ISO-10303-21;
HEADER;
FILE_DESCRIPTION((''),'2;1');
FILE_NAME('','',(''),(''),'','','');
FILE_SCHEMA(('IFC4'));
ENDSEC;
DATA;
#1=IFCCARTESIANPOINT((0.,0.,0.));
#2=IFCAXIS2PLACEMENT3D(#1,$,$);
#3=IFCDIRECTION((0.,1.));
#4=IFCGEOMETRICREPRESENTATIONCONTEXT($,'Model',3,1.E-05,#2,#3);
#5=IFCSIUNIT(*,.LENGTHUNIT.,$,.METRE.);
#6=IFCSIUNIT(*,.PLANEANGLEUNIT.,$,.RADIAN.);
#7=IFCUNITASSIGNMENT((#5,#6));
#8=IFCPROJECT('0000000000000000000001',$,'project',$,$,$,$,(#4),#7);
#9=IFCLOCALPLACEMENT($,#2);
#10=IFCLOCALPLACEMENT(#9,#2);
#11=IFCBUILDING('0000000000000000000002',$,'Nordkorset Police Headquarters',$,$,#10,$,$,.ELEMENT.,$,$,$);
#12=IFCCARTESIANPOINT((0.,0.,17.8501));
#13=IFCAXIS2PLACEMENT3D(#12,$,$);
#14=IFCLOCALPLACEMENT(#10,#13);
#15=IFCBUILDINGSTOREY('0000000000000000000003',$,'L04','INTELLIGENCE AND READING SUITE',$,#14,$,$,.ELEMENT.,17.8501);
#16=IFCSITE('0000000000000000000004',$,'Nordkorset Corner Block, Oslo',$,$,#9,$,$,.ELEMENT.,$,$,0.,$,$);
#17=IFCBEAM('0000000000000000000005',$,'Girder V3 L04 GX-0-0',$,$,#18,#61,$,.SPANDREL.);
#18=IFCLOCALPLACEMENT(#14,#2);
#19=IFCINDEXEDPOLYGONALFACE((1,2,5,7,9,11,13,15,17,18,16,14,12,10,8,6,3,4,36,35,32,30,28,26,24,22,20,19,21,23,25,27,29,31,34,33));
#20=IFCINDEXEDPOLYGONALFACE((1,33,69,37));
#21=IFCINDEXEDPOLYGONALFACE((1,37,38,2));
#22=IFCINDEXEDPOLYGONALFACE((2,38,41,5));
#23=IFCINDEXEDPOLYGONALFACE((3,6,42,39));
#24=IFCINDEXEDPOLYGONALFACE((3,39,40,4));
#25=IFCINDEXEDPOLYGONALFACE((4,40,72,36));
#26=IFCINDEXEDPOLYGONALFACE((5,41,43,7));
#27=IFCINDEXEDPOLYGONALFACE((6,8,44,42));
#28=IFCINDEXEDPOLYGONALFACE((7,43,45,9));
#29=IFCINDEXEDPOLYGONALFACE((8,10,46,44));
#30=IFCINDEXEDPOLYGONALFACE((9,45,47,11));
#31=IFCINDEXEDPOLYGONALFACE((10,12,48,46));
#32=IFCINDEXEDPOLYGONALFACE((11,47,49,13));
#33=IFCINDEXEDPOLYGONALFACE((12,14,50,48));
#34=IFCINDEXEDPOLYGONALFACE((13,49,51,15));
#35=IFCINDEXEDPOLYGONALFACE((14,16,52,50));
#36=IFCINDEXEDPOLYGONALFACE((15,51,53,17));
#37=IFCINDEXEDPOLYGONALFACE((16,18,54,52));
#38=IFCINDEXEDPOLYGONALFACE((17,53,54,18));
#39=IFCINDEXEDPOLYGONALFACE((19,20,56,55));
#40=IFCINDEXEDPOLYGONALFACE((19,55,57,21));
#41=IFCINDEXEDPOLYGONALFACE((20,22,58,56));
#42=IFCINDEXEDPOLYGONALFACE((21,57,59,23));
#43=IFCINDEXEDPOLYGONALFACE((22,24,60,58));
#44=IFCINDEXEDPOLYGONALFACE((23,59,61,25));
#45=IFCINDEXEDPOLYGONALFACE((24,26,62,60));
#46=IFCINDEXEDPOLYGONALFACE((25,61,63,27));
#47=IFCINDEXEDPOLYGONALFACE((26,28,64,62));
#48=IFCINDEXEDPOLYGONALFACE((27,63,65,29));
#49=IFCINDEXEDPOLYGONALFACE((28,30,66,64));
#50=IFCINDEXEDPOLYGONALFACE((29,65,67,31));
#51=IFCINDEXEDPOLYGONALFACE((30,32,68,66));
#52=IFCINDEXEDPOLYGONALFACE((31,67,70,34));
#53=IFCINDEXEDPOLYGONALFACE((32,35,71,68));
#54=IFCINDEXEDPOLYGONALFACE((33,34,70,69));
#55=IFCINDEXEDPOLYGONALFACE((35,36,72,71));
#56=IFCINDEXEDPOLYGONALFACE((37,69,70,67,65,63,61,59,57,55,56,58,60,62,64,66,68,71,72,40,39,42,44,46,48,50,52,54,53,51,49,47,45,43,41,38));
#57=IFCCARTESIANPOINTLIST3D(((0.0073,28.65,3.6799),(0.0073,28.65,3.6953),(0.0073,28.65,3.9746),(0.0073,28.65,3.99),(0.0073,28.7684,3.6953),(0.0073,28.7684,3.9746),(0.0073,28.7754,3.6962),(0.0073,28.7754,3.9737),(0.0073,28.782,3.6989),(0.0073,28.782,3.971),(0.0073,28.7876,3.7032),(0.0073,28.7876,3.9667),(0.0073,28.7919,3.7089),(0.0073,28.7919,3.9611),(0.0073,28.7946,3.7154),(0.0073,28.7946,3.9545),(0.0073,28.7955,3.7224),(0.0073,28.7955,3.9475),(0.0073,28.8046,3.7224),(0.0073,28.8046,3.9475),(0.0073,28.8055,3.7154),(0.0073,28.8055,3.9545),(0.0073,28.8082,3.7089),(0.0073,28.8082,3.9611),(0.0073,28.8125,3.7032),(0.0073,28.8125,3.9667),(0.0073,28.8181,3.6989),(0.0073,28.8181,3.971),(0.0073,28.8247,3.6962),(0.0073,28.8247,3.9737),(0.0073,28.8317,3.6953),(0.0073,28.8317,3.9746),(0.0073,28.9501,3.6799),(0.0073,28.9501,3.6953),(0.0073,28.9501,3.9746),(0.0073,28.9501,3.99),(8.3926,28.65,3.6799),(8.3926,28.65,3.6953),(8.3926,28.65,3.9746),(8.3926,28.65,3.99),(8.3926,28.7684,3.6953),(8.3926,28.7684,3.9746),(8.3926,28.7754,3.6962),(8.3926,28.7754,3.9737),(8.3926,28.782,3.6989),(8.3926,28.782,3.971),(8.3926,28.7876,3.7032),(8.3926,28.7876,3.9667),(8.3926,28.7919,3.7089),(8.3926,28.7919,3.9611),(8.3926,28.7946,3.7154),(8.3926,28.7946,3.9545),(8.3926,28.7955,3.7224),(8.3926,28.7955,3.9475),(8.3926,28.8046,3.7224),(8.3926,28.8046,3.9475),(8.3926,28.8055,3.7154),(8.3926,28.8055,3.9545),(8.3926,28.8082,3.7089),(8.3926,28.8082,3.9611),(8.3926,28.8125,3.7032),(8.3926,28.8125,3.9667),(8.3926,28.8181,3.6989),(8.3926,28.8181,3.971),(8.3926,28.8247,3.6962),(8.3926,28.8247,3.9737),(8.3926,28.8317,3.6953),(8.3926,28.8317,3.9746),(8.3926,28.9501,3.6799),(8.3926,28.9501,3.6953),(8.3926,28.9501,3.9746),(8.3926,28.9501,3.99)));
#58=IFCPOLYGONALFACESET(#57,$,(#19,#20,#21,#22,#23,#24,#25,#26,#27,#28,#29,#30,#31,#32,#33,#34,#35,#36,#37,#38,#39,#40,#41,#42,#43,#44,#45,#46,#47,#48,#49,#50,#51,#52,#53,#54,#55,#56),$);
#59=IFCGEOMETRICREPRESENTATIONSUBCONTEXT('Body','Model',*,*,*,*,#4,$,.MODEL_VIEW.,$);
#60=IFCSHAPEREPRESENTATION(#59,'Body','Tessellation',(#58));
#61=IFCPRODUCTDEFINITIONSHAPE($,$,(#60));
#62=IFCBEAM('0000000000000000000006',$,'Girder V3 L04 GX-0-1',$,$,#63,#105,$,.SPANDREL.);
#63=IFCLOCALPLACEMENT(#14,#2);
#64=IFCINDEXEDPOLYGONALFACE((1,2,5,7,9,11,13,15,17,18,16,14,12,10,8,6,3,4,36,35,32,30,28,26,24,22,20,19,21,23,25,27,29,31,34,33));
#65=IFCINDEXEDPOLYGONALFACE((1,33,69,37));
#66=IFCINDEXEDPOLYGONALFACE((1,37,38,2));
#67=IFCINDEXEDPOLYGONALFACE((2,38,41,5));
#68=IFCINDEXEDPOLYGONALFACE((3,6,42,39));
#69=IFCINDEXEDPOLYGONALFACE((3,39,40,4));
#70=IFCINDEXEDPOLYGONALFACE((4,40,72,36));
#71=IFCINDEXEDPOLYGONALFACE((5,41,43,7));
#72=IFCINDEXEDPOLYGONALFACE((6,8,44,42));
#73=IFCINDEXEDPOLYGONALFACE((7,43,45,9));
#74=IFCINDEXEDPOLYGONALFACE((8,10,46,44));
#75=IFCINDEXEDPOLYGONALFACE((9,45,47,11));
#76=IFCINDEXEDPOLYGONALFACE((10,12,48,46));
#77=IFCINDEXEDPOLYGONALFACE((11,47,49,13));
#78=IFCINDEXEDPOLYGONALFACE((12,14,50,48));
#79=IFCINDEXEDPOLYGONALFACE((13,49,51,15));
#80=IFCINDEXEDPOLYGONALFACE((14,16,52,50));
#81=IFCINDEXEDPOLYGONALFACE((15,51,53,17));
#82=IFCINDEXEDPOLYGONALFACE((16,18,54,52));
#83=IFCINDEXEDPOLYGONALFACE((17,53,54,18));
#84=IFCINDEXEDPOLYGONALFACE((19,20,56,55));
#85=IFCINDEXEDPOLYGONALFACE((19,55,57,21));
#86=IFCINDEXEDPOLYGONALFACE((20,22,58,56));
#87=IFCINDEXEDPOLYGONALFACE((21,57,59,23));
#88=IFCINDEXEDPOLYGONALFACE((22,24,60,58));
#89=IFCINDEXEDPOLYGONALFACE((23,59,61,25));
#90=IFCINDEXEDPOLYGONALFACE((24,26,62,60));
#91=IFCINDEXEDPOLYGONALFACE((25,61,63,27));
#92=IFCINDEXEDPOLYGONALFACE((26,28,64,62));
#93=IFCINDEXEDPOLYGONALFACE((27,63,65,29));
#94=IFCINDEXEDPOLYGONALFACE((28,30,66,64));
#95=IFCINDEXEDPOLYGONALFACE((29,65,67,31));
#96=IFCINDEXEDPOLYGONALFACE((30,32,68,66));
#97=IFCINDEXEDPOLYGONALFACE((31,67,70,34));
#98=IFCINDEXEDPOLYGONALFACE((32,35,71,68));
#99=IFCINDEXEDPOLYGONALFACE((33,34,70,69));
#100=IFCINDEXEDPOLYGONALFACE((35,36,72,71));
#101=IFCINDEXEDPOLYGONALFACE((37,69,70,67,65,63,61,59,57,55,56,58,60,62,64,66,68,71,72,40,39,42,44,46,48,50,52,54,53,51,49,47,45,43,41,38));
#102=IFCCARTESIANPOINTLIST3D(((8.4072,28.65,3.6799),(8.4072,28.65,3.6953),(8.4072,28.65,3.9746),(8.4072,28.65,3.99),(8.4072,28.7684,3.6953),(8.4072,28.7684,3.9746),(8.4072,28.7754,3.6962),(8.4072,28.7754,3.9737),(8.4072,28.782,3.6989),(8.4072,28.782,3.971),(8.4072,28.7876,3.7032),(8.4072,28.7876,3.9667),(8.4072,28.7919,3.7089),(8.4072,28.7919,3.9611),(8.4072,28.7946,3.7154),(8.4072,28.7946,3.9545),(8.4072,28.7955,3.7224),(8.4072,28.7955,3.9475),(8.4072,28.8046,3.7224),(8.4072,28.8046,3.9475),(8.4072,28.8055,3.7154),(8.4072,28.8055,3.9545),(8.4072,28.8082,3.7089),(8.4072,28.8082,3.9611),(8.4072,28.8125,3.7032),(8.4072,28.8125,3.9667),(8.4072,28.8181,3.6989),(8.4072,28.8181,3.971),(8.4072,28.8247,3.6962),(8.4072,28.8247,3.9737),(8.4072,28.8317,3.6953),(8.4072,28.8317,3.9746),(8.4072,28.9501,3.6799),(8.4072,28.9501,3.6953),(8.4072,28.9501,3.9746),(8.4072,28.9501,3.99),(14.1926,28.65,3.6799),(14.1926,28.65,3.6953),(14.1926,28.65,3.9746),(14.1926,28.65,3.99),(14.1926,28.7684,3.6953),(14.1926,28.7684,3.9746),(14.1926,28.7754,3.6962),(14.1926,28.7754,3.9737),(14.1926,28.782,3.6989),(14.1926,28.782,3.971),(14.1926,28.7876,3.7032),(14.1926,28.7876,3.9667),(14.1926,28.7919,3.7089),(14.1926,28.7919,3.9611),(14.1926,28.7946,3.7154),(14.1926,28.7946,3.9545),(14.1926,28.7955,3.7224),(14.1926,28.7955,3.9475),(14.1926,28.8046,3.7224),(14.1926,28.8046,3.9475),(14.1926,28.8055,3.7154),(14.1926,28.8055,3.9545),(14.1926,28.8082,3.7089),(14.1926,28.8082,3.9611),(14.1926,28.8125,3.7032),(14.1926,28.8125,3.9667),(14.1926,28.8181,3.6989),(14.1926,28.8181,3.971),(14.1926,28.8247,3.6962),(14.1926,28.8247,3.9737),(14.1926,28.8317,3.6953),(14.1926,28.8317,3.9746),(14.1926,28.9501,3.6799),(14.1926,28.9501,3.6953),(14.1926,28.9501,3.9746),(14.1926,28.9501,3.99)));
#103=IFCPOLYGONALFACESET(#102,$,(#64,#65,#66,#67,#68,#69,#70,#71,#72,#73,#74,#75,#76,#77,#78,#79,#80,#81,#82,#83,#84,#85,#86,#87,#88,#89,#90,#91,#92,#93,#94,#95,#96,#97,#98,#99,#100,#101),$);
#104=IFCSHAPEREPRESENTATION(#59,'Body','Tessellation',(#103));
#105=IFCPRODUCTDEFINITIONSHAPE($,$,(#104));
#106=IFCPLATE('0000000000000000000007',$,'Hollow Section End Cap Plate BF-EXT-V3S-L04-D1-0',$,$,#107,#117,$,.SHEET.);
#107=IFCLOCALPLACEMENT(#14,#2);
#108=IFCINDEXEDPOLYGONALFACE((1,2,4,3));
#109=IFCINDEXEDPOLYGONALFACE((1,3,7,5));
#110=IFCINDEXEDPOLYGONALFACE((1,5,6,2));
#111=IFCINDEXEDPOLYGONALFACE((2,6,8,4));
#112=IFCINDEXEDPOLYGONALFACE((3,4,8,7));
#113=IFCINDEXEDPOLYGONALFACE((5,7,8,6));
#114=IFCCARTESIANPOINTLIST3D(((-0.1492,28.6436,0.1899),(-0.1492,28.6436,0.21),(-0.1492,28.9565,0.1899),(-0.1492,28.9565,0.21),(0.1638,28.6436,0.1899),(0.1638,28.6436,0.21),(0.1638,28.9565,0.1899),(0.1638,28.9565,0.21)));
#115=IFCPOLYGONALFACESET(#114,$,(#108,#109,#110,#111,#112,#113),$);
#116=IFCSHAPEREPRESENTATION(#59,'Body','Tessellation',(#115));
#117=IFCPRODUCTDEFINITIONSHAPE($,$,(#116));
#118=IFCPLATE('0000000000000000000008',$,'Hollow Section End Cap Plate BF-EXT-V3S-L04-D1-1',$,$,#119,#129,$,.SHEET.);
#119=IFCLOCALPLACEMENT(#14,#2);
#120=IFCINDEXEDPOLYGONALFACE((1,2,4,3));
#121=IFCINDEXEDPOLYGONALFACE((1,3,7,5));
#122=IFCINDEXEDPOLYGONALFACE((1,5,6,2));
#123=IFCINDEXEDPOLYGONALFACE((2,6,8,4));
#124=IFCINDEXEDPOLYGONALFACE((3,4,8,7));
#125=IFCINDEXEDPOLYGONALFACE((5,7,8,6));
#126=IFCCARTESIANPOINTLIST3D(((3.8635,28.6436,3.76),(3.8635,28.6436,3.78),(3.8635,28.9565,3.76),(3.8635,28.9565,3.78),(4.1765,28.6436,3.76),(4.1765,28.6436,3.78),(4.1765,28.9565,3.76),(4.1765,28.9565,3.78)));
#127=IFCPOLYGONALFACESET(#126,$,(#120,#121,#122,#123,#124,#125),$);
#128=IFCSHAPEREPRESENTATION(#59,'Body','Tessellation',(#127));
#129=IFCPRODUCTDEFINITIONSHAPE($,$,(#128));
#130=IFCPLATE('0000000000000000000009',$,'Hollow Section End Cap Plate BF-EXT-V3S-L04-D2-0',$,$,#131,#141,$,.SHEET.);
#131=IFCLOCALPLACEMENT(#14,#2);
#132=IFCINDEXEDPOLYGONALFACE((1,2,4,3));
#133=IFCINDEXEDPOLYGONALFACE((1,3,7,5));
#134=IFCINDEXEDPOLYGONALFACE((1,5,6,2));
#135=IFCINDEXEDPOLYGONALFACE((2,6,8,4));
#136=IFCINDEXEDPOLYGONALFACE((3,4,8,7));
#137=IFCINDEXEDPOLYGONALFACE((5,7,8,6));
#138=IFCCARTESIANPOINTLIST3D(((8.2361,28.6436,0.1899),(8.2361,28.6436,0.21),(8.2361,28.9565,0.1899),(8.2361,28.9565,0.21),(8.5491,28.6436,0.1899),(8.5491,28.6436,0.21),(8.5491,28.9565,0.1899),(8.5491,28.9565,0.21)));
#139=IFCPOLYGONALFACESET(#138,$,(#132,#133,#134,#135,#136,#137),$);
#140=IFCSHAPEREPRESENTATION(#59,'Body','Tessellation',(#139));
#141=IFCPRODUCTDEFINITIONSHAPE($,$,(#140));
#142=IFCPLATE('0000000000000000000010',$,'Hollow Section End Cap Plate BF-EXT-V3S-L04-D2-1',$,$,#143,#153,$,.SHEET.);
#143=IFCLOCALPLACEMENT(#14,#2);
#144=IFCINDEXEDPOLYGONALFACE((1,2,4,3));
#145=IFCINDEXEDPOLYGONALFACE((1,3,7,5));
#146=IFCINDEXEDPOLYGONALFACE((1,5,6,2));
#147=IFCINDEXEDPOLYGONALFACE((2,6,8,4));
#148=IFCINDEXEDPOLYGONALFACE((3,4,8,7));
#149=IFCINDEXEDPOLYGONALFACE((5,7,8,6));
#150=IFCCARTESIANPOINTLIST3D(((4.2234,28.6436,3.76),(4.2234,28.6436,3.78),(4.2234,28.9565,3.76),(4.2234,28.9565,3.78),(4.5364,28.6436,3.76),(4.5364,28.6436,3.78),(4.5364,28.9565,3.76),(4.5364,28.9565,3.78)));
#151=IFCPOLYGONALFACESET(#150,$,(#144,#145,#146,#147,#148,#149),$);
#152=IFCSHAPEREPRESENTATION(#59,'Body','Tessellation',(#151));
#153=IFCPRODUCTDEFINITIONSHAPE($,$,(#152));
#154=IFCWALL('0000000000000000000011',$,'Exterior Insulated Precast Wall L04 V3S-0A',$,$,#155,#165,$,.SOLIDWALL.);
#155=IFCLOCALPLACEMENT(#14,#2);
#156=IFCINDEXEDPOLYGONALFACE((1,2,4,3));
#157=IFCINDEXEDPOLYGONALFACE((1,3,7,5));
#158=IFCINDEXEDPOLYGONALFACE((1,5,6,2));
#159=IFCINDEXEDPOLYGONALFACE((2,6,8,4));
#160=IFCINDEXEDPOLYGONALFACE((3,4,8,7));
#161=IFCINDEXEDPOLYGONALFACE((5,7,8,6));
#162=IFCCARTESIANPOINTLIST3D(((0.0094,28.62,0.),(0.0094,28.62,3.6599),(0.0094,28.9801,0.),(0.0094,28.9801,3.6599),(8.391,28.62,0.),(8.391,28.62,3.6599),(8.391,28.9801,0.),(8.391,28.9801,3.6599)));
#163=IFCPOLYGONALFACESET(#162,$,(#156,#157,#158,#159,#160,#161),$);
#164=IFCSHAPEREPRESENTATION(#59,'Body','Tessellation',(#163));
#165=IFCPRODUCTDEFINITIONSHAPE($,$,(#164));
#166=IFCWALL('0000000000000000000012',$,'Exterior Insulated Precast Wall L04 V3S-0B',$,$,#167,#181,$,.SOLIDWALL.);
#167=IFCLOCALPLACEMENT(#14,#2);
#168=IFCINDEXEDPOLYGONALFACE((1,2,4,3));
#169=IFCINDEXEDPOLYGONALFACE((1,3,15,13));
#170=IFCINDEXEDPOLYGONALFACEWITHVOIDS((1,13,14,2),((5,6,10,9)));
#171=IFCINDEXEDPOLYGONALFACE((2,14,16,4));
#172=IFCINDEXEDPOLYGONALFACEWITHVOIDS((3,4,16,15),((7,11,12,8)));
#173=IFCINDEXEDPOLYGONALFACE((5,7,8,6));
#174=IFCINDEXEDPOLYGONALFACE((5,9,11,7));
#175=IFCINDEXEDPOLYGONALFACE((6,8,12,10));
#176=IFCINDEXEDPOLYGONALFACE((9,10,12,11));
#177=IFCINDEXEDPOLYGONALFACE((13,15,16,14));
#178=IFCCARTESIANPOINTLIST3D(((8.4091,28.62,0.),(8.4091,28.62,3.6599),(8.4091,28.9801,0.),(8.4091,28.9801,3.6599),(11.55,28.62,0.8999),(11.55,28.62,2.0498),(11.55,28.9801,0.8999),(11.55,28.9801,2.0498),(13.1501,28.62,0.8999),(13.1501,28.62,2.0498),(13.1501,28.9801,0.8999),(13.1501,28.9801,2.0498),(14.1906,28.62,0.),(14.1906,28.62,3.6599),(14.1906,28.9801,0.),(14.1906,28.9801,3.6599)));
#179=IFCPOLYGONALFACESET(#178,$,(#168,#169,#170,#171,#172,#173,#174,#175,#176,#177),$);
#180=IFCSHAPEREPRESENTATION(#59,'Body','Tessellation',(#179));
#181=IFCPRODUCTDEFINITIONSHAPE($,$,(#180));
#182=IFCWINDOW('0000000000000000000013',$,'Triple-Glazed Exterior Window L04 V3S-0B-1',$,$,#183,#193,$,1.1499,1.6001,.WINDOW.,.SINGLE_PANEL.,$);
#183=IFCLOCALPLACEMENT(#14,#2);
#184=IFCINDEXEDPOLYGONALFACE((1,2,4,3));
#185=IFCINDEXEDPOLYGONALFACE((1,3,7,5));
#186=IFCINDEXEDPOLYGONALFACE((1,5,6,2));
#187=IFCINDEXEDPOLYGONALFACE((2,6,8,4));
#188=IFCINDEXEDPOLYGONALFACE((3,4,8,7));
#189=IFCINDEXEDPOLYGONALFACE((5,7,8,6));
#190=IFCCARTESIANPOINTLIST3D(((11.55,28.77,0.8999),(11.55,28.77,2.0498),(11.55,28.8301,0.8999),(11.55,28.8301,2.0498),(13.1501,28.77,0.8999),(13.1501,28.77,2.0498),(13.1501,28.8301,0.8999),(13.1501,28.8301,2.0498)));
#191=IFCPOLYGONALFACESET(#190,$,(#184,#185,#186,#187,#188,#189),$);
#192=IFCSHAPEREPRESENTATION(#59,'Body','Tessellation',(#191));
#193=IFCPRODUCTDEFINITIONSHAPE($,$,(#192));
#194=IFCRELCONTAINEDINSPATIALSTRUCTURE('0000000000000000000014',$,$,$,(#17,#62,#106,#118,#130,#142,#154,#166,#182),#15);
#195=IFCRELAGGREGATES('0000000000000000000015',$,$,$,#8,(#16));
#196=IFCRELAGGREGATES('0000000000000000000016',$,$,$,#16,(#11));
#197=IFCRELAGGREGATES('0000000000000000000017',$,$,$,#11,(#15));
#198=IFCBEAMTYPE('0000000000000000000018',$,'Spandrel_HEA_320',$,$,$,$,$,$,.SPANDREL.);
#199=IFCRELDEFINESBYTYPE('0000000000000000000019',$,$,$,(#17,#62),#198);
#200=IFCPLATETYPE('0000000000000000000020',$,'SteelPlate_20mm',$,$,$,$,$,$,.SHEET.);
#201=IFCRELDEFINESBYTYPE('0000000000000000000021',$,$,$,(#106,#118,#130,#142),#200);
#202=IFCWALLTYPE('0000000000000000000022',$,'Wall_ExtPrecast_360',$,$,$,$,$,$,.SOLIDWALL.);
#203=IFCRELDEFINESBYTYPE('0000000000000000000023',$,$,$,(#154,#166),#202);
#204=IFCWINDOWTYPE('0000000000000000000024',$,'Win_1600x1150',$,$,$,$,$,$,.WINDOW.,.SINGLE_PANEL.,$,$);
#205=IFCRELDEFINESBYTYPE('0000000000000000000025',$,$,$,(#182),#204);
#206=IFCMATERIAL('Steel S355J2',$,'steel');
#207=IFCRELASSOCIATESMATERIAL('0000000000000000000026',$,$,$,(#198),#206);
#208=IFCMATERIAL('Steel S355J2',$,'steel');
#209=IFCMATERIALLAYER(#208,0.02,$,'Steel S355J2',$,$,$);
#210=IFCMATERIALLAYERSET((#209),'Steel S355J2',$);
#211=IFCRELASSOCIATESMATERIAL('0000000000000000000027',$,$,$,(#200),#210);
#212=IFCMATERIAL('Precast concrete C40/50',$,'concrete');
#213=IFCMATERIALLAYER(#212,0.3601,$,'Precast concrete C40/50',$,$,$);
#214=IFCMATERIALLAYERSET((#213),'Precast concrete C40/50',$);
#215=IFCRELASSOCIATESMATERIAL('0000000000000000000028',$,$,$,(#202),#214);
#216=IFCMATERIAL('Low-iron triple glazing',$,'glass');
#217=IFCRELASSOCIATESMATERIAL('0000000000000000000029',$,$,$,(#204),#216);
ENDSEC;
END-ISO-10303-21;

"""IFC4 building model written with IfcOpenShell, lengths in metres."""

from ifc_helpers import new_model, si_unit, direction, frame, frame_2d, origin, origin_2d, place, context, subcontext, project, spatial, rectangle, i_section, extrude, material, layer, layer_set, material_profile, profile_set, type_object, element, fill, save


model = new_model("IFC4")

# Units and contexts
model_context = context("Model", 3, precision=1e-05, world=origin(), true_north=direction((0.0, 1.0)))
body_context = subcontext(model_context, "Body", "Model", "MODEL_VIEW")
ifc_project = project(units=[si_unit("LENGTHUNIT", "METRE"), si_unit("PLANEANGLEUNIT", "RADIAN")], contexts=[model_context])

# Site, building, storey
site_placement = place(None, origin())
site = spatial("IfcSite", under=ifc_project, at=site_placement, Name="Nordkorset Corner Block, Oslo", CompositionType="ELEMENT", RefElevation=0.0)
building_placement = place(site_placement, origin())
building = spatial("IfcBuilding", under=site, at=building_placement, Name="Nordkorset Police Headquarters", CompositionType="ELEMENT")
storey_placement = place(building_placement, frame((0.0, 0.0, 17.8501)))
storey = spatial("IfcBuildingStorey", under=building, at=storey_placement, Name="L04", Description="INTELLIGENCE AND READING SUITE", CompositionType="ELEMENT", Elevation=17.8501)

# Beams
ifc_material_1 = material(Name="Steel S355J2", Category="steel")
ifc_material_profile_1 = material_profile(ifc_material_1, i_section(OverallWidth=0.3, OverallDepth=0.3101, WebThickness=0.009, FlangeThickness=0.0154, FilletRadius=0.0271, at=origin_2d()), Name="HEA 320")
ifc_profile_set_1 = profile_set([ifc_material_profile_1], Name="Steel S355J2")
beam_type_1 = type_object("IfcBeamType", Name="Spandrel_HEA_320", PredefinedType="SPANDREL", material=ifc_profile_set_1)
beam_1_placement = place(storey_placement, frame((0.0073, 28.8, 3.835), z_axis=(1.0, 0.0, 0.0), x_axis=(0.0, 1.0, 0.0)))
element("IfcBeam", 1, at=beam_1_placement, inside=storey, type_object=beam_type_1, Name="Girder V3 L04 GX-0-0", PredefinedType="SPANDREL", context=body_context, shape_type="SweptSolid", body=[
    extrude(i_section(OverallWidth=0.3, OverallDepth=0.3101, WebThickness=0.009, FlangeThickness=0.0154, FilletRadius=0.0271, at=origin_2d()), origin(), (0.0, 0.0, 1.0), 8.3853),
])
beam_2_placement = place(storey_placement, frame((8.4072, 28.8, 3.835), z_axis=(1.0, 0.0, 0.0), x_axis=(0.0, 1.0, 0.0)))
element("IfcBeam", 2, at=beam_2_placement, inside=storey, type_object=beam_type_1, Name="Girder V3 L04 GX-0-1", PredefinedType="SPANDREL", context=body_context, shape_type="SweptSolid", body=[
    extrude(i_section(OverallWidth=0.3, OverallDepth=0.3101, WebThickness=0.009, FlangeThickness=0.0154, FilletRadius=0.0271, at=origin_2d()), origin(), (0.0, 0.0, 1.0), 5.7854),
])

# Plates
ifc_material_2 = material(Name="Steel S355J2", Category="steel")
ifc_layer_1 = layer(ifc_material_2, 0.02, Name="Steel S355J2")
ifc_layer_set_1 = layer_set([ifc_layer_1], Name="Steel S355J2")
plate_type = type_object("IfcPlateType", Name="SteelPlate_20mm", PredefinedType="SHEET", material=ifc_layer_set_1)
for number, where, z_axis, x_axis, name in (
    (3, (0.0073, 28.8, 0.1899), (0.0, 0.0, 1.0), (1.0, 0.0, 0.0), "Hollow Section End Cap Plate BF-EXT-V3S-L04-D1-0"),
    (4, (4.02, 28.8, 3.76), (0.0, 0.0, 1.0), (1.0, 0.0, 0.0), "Hollow Section End Cap Plate BF-EXT-V3S-L04-D1-1"),
    (5, (8.3926, 28.8, 0.1899), (0.0, 0.0, 1.0), (1.0, 0.0, 0.0), "Hollow Section End Cap Plate BF-EXT-V3S-L04-D2-0"),
    (6, (4.3799, 28.8, 3.76), (0.0, 0.0, 1.0), (1.0, 0.0, 0.0), "Hollow Section End Cap Plate BF-EXT-V3S-L04-D2-1"),
):
    element("IfcPlate", number, at=place(storey_placement, frame(where, z_axis=z_axis, x_axis=x_axis)), inside=storey, type_object=plate_type, Name=name, PredefinedType="SHEET", context=body_context, shape_type="SweptSolid", body=[
        extrude(rectangle(XDim=0.313, YDim=0.313, at=origin_2d()), origin(), (0.0, 0.0, 1.0), 0.02),
    ])

# Wall
ifc_material_3 = material(Name="Precast concrete C40/50", Category="concrete")
ifc_layer_2 = layer(ifc_material_3, 0.3601, Name="Precast concrete C40/50")
ifc_layer_set_2 = layer_set([ifc_layer_2], Name="Precast concrete C40/50")
wall_type_1 = type_object("IfcWallType", Name="Wall_ExtPrecast_360", PredefinedType="SOLIDWALL", material=ifc_layer_set_2)
wall_1_placement = place(storey_placement, frame((0.0093, 28.8, 0.0), z_axis=(0.0, 0.0, 1.0), x_axis=(1.0, 0.0, 0.0)))
element("IfcWall", 7, at=wall_1_placement, inside=storey, type_object=wall_type_1, Name="Exterior Insulated Precast Wall L04 V3S-0A", PredefinedType="SOLIDWALL", context=body_context, shape_type="SweptSolid", body=[
    extrude(rectangle(XDim=8.3816, YDim=0.3601, at=frame_2d((4.1909, 0.0))), origin(), (0.0, 0.0, 1.0), 3.6599),
])

# Wall, opening, window
wall_2_placement = place(storey_placement, frame((8.4092, 28.8, 0.0), z_axis=(0.0, 0.0, 1.0), x_axis=(1.0, 0.0, 0.0)))
wall_2 = element("IfcWall", 8, at=wall_2_placement, inside=storey, type_object=wall_type_1, Name="Exterior Insulated Precast Wall L04 V3S-0B", PredefinedType="SOLIDWALL", context=body_context, shape_type="SweptSolid", body=[
    extrude(rectangle(XDim=5.7815, YDim=0.3601, at=frame_2d((2.8906, 0.0))), origin(), (0.0, 0.0, 1.0), 3.6599),
])
opening_placement = place(wall_2_placement, frame((3.1409, 0.0, 0.8999)))
opening = element("IfcOpeningElement", 9, at=opening_placement, cuts=wall_2, PredefinedType="OPENING", context=body_context, shape_type="SweptSolid", body=[
    extrude(rectangle(XDim=1.6001, YDim=1.1499, at=frame_2d((0.8, 0.575))), frame((0.0, 0.1899, 0.0), z_axis=(0.0, -1.0, 0.0), x_axis=(1.0, 0.0, 0.0)), (0.0, 0.0, 1.0), 0.3801),
])
ifc_material_4 = material(Name="Low-iron triple glazing", Category="glass")
window_type = type_object("IfcWindowType", Name="Win_1600x1150", PartitioningType="SINGLE_PANEL", PredefinedType="WINDOW", material=ifc_material_4)
window_placement = place(opening_placement, origin())
window = element("IfcWindow", 10, at=window_placement, inside=storey, type_object=window_type, Name="Triple-Glazed Exterior Window L04 V3S-0B-1", OverallHeight=1.1499, OverallWidth=1.6001, PartitioningType="SINGLE_PANEL", PredefinedType="WINDOW", context=body_context, shape_type="SweptSolid", body=[
    extrude(rectangle(XDim=1.6001, YDim=1.1499, at=frame_2d((0.8, 0.575))), frame((0.0, 0.03, 0.0), z_axis=(0.0, -1.0, 0.0), x_axis=(1.0, 0.0, 0.0)), (0.0, 0.0, 1.0), 0.0601),
])
fill(opening, window)

save(model, "model.ifc")
